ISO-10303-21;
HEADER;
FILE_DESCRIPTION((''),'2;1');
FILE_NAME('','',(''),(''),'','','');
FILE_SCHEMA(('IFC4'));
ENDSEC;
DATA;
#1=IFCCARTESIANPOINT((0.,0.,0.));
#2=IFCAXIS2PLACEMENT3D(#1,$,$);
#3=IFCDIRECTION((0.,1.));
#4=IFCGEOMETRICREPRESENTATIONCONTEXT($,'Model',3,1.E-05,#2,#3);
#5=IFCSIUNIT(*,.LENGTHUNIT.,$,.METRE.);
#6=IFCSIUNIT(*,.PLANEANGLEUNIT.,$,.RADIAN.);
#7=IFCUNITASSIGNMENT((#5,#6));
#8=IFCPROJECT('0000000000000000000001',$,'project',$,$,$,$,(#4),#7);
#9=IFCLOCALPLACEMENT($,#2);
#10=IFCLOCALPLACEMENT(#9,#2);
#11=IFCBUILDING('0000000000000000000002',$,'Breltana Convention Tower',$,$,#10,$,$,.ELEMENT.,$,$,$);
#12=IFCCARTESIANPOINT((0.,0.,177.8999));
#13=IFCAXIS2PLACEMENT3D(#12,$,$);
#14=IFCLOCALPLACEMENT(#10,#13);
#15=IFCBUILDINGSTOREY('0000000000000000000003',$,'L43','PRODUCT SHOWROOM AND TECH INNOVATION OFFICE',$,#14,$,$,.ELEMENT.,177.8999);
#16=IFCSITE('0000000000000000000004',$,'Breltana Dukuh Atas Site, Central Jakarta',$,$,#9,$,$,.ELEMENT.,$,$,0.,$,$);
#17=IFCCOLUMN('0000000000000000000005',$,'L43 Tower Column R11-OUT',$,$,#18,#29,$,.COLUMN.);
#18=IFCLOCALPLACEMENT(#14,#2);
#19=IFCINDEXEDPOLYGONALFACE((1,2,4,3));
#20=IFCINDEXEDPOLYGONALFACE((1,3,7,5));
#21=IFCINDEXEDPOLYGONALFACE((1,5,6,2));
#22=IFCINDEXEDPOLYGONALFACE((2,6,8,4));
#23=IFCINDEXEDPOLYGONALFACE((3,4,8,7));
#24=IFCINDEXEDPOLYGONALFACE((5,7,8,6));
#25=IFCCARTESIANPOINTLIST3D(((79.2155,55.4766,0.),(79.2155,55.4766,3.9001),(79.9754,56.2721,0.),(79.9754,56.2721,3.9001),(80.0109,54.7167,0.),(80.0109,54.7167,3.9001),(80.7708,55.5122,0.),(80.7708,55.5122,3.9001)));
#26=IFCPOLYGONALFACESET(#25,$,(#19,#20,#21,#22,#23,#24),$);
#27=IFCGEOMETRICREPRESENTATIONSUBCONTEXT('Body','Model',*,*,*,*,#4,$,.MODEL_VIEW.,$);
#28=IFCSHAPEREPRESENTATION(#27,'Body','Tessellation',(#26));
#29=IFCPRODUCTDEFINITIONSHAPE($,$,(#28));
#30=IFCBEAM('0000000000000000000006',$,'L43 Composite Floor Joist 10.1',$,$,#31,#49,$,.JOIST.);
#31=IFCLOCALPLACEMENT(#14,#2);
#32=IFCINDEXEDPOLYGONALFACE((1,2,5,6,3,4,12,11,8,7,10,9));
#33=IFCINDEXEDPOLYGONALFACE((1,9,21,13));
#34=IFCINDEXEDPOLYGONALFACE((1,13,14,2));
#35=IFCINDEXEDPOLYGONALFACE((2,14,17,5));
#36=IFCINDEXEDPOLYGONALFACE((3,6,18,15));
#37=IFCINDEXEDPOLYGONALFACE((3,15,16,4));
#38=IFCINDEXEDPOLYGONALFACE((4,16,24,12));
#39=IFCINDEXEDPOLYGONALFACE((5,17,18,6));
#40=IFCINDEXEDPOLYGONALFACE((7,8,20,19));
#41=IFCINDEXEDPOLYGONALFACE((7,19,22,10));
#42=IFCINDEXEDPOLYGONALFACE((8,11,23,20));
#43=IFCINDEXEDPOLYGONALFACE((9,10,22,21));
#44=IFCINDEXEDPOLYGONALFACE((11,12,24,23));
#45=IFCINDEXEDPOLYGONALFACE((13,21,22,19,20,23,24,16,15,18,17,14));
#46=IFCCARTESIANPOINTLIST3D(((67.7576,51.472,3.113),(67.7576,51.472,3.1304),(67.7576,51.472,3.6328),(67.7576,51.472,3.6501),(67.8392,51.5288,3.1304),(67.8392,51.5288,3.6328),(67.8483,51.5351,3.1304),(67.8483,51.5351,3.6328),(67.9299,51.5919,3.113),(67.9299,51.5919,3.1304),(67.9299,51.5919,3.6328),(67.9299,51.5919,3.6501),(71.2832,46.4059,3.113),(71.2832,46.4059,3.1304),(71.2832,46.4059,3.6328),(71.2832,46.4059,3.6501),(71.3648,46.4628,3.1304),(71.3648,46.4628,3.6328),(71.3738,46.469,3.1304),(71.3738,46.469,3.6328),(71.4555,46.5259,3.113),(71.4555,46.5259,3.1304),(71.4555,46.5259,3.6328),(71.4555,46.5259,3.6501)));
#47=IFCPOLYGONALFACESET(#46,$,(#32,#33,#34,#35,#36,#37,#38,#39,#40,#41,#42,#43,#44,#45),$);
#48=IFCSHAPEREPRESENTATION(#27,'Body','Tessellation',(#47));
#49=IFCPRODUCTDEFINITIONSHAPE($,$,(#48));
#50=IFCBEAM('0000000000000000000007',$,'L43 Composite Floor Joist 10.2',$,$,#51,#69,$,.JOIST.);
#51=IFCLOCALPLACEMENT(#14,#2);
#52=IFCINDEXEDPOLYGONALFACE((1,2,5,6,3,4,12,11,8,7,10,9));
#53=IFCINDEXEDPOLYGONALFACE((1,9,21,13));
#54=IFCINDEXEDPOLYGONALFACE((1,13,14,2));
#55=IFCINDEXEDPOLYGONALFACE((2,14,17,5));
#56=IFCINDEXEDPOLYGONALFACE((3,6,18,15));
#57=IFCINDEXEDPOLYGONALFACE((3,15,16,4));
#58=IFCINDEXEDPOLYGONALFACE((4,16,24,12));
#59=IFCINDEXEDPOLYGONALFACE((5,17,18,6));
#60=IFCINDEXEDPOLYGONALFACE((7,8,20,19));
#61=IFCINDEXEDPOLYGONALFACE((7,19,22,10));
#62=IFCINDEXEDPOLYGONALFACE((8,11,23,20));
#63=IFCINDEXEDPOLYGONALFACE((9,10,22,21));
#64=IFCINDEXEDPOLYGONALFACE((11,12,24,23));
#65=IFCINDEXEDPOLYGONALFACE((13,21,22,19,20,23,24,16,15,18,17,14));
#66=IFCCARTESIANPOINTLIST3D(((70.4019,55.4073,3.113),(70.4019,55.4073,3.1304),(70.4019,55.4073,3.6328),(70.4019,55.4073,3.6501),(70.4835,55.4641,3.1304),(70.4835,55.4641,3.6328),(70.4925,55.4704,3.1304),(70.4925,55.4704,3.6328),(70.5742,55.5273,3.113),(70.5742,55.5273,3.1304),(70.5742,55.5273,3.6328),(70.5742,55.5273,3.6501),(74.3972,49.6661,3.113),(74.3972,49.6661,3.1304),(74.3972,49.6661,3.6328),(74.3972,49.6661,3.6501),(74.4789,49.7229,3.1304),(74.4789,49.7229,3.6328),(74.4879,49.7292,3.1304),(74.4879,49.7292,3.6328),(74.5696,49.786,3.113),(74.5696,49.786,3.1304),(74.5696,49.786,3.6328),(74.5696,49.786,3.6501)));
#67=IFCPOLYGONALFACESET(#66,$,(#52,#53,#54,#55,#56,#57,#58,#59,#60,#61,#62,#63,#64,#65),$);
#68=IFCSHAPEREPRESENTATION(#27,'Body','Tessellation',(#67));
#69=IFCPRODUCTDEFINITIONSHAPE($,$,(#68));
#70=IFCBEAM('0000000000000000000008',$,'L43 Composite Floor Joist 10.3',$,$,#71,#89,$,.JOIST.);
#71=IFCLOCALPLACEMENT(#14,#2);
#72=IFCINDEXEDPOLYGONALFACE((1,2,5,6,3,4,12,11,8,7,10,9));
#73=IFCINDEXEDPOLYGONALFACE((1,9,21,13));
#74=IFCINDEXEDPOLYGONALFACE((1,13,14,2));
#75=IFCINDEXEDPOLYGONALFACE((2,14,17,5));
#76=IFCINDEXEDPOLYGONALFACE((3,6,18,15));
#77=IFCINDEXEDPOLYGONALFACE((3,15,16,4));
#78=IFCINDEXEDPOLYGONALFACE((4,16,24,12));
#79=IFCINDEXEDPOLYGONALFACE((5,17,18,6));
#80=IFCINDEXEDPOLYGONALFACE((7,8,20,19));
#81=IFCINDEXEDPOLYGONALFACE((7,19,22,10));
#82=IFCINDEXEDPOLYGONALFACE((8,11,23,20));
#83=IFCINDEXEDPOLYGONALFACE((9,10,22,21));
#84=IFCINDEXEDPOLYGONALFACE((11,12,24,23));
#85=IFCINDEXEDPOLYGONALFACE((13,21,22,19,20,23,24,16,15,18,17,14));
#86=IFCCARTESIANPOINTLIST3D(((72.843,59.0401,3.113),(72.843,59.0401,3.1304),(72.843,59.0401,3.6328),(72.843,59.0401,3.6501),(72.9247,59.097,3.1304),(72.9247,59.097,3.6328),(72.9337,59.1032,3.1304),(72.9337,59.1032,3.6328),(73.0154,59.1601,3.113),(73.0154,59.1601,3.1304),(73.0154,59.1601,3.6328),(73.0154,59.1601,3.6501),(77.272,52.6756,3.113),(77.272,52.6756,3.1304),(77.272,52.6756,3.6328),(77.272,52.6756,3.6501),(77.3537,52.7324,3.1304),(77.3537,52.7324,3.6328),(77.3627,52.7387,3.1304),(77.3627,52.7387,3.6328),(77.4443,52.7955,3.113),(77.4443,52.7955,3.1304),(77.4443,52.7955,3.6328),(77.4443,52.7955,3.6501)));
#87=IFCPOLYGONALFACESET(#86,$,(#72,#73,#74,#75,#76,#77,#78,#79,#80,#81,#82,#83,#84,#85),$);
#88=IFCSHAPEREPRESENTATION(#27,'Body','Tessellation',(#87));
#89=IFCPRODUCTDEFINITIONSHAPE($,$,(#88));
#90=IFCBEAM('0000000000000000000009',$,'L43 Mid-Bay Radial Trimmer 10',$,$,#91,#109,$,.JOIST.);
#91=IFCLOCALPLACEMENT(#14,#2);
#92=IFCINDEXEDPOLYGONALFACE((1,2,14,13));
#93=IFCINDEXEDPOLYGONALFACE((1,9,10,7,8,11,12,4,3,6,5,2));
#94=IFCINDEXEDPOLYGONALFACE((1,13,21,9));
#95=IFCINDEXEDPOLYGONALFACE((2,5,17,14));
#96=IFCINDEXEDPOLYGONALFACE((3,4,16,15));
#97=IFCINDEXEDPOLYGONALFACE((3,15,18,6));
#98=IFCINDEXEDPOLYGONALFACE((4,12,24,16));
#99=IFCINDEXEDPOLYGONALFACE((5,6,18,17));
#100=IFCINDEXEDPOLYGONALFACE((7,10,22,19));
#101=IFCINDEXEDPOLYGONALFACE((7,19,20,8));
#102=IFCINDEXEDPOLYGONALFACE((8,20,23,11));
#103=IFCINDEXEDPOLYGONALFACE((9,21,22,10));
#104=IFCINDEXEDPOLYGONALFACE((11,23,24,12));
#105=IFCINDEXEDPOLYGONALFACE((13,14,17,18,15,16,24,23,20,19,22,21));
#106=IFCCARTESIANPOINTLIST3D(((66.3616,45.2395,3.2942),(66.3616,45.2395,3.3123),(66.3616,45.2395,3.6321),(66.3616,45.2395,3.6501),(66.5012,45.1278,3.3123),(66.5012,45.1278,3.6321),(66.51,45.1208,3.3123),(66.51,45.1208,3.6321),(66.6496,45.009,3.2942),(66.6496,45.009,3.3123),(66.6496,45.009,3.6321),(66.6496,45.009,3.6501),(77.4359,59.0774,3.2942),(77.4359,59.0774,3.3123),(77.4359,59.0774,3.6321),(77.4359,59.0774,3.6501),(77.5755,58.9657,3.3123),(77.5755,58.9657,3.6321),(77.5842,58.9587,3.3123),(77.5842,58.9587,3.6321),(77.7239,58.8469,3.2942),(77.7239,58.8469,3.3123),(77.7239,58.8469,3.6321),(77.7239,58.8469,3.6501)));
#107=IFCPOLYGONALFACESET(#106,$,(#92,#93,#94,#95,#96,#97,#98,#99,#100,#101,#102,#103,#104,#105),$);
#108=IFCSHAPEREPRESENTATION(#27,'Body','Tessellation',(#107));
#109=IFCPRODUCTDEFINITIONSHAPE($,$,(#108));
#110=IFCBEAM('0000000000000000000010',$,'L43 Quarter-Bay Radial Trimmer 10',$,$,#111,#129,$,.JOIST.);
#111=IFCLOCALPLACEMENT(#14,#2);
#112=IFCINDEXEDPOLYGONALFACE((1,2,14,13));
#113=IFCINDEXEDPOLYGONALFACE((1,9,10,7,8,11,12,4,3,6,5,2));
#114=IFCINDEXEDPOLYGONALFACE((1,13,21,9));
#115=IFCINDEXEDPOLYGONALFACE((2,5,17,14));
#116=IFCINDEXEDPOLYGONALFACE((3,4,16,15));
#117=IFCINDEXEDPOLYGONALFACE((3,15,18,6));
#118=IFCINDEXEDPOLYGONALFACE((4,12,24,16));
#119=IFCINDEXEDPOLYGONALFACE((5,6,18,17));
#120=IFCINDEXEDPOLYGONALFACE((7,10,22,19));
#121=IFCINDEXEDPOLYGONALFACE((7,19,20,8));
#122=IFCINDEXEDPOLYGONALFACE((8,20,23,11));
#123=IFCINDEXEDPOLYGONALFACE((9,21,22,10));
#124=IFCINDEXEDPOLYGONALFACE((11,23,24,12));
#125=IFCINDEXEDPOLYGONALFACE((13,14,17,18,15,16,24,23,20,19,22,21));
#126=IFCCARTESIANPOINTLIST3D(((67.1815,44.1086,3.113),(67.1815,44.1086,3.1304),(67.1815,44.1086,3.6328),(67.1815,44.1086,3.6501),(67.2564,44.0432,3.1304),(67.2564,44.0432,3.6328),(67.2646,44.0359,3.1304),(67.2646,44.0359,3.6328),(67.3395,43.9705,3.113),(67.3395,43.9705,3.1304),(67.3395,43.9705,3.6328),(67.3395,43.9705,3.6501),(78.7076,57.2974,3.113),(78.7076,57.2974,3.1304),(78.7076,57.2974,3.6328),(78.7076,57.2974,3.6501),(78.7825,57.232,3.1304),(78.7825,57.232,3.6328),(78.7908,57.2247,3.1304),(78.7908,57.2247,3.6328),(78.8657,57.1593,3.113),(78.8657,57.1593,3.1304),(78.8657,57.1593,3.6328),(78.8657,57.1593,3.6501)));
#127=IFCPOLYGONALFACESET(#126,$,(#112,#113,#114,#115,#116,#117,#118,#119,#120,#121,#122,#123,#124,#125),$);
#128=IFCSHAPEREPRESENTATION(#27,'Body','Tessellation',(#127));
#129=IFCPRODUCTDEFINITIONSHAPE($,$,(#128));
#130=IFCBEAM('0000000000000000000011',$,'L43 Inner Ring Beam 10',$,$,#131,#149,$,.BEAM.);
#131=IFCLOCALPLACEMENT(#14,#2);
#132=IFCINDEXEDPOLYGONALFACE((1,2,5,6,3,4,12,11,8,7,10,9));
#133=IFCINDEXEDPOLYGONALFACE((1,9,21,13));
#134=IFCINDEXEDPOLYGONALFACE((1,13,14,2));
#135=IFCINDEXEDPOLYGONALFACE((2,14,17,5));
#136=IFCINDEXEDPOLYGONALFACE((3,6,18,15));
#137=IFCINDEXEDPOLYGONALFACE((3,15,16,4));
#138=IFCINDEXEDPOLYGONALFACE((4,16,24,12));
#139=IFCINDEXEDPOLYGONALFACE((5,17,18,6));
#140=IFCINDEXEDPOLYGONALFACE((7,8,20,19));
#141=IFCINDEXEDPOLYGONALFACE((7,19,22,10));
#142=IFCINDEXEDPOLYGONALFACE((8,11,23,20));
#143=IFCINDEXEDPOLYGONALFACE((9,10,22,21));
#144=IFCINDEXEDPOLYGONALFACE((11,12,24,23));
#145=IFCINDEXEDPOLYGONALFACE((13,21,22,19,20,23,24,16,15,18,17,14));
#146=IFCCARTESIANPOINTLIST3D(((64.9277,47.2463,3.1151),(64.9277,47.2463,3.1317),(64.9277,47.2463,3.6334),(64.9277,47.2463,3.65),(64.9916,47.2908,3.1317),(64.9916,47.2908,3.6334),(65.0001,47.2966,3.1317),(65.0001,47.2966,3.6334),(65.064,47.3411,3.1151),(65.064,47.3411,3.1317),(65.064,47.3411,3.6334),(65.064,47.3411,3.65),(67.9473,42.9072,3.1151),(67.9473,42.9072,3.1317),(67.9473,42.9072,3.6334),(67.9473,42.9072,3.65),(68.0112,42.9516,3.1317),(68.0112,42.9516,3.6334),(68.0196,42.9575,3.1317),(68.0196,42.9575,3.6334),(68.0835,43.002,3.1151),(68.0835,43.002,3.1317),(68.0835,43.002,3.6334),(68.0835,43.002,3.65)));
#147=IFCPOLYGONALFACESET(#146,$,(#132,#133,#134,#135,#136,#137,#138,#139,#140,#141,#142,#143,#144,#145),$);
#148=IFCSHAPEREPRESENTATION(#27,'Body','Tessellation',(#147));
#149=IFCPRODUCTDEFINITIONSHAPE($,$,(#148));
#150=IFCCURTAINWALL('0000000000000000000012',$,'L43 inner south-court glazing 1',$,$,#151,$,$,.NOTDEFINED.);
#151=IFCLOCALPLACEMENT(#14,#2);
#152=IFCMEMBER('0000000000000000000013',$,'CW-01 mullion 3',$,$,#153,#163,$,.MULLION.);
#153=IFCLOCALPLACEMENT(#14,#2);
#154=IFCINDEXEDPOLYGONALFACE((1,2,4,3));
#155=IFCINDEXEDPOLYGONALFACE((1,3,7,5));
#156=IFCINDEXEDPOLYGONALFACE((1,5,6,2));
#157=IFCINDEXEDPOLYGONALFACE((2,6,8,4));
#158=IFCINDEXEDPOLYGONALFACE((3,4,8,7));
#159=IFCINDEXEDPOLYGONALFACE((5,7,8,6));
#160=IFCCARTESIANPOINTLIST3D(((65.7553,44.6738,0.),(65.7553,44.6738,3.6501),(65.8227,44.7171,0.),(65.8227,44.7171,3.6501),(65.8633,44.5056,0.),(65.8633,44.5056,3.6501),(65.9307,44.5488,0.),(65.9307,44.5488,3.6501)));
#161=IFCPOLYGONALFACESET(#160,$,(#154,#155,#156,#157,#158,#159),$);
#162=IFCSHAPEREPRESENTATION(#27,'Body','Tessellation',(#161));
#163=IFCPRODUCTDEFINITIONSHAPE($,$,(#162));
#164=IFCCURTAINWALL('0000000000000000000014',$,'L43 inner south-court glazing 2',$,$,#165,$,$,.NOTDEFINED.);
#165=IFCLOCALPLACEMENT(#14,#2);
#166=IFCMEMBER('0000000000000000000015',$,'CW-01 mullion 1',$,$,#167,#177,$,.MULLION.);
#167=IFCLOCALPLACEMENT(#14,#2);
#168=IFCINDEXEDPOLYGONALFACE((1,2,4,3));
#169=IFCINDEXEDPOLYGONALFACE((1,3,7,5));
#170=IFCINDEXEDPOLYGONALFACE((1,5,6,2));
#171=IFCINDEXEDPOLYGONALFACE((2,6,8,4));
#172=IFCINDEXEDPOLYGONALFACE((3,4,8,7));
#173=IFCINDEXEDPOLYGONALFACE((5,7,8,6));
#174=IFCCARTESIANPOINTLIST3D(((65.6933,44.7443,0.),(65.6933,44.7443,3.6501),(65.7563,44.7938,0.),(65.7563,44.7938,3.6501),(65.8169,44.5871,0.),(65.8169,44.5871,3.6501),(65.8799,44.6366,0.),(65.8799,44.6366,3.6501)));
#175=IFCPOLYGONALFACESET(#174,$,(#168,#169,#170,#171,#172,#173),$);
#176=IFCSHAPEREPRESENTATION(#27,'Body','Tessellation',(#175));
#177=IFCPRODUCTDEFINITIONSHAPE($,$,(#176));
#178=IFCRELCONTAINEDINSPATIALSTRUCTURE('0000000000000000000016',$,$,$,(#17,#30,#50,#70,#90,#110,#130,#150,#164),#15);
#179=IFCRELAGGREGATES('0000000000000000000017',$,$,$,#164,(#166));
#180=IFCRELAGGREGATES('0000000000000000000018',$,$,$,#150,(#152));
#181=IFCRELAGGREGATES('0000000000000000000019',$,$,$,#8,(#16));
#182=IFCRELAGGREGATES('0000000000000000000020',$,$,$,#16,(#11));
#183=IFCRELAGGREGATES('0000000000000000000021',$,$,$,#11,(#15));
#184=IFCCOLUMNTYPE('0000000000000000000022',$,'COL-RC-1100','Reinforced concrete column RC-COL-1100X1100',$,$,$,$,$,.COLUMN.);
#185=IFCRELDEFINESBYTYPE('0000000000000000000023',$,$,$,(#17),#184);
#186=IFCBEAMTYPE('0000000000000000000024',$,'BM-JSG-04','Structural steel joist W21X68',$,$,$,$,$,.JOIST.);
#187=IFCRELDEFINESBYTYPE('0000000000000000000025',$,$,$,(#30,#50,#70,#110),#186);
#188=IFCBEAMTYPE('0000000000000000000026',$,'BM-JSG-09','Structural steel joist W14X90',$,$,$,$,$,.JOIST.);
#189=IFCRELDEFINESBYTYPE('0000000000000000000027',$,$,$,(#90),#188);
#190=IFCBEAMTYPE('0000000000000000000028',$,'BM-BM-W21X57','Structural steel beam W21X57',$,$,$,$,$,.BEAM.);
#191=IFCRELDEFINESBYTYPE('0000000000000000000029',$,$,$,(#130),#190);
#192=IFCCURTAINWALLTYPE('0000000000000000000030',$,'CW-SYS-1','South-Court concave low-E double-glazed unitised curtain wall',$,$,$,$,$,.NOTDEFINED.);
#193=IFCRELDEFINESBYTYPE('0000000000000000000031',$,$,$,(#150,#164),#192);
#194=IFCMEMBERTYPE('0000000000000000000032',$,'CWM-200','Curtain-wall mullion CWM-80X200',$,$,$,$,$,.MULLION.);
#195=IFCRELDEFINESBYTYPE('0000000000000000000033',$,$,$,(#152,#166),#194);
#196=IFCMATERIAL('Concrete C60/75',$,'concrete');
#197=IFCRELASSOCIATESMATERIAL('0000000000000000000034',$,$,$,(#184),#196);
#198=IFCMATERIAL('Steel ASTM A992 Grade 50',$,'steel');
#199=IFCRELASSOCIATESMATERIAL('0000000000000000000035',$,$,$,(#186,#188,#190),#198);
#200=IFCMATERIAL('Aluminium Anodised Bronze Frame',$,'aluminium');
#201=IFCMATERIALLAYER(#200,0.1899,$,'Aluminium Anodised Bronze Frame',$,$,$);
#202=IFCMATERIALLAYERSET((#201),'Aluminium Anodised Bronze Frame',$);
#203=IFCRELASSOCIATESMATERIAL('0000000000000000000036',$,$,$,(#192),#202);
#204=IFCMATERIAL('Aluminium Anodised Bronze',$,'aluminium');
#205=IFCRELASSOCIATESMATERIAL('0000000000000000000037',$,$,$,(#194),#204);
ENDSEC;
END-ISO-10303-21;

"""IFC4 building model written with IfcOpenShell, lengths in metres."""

from ifc_helpers import new_model, si_unit, direction, frame, origin, origin_2d, place, context, subcontext, project, spatial, rectangle, i_section, extrude, source, transform, mapped, material, layer, layer_set, material_profile, profile_set, type_object, element, aggregate, save


model = new_model("IFC4")

# Units and contexts
model_context = context("Model", 3, precision=1e-05, world=origin(), true_north=direction((0.0, 1.0)))
body_context = subcontext(model_context, "Body", "Model", "MODEL_VIEW")
ifc_project = project(units=[si_unit("LENGTHUNIT", "METRE"), si_unit("PLANEANGLEUNIT", "RADIAN")], contexts=[model_context])

# Site, building, storey
site_placement = place(None, origin())
site = spatial("IfcSite", under=ifc_project, at=site_placement, Name="Breltana Dukuh Atas Site, Central Jakarta", CompositionType="ELEMENT", RefElevation=0.0)
building_placement = place(site_placement, origin())
building = spatial("IfcBuilding", under=site, at=building_placement, Name="Breltana Convention Tower", CompositionType="ELEMENT")
storey_placement = place(building_placement, frame((0.0, 0.0, 177.8999)))
storey = spatial("IfcBuildingStorey", under=building, at=storey_placement, Name="L43", Description="PRODUCT SHOWROOM AND TECH INNOVATION OFFICE", CompositionType="ELEMENT", Elevation=177.8999)

# Column
ifc_material_1 = material(Name="Concrete C60/75", Category="concrete")
ifc_material_profile_1 = material_profile(ifc_material_1, rectangle(XDim=1.1001, YDim=1.1001, at=origin_2d()), Name="RC-COL-1100X1100")
ifc_profile_set_1 = profile_set([ifc_material_profile_1], Name="Concrete C60/75")
column_type = type_object("IfcColumnType", Name="COL-RC-1100", Description="Reinforced concrete column RC-COL-1100X1100", PredefinedType="COLUMN", material=ifc_profile_set_1)
shared_shape_1 = source(origin(), body_context, "Body", "SweptSolid", [
    extrude(rectangle(XDim=1.1001, YDim=1.1001, at=origin_2d()), origin(), (0.0, 0.0, 1.0), 3.9001),
])
column_placement = place(storey_placement, frame((79.9932, 55.4944, 0.0), z_axis=(0.0, 0.0, 1.0), x_axis=(0.690756, 0.723088, 0.0)))
element("IfcColumn", 1, at=column_placement, inside=storey, type_object=column_type, Name="L43 Tower Column R11-OUT", PredefinedType="COLUMN", context=body_context, shape_type="MappedRepresentation", body=[
    mapped(shared_shape_1, transform((0.0, 0.0, 0.0), scale=1.0)),
])

# Beams
ifc_material_2 = material(Name="Steel ASTM A992 Grade 50", Category="steel")
ifc_material_profile_2 = material_profile(ifc_material_2, i_section(OverallWidth=0.21, OverallDepth=0.5371, WebThickness=0.011, FlangeThickness=0.0173, at=origin_2d()), Name="W21X68")
ifc_profile_set_2 = profile_set([ifc_material_profile_2], Name="Steel ASTM A992 Grade 50")
beam_type_1 = type_object("IfcBeamType", Name="BM-JSG-04", Description="Structural steel joist W21X68", PredefinedType="JOIST", material=ifc_profile_set_2)
shared_shape_2 = source(origin(), body_context, "Body", "SweptSolid", [
    extrude(i_section(OverallWidth=0.21, OverallDepth=0.5371, WebThickness=0.011, FlangeThickness=0.0173, at=origin_2d()), origin(), (0.0, 0.0, 1.0), 6.1721),
])
beam_1_placement = place(storey_placement, frame((67.8438, 51.532, 3.3816), z_axis=(0.571212, -0.820803, 0.0), x_axis=(0.820803, 0.571212, 0.0)))
element("IfcBeam", 2, at=beam_1_placement, inside=storey, type_object=beam_type_1, Name="L43 Composite Floor Joist 10.1", PredefinedType="JOIST", context=body_context, shape_type="MappedRepresentation", body=[
    mapped(shared_shape_2, transform((0.0, 0.0, 0.0), scale=1.0)),
])
shared_shape_3 = source(origin(), body_context, "Body", "SweptSolid", [
    extrude(i_section(OverallWidth=0.21, OverallDepth=0.5371, WebThickness=0.011, FlangeThickness=0.0173, at=origin_2d()), origin(), (0.0, 0.0, 1.0), 6.9946),
])
beam_2_placement = place(storey_placement, frame((70.488, 55.4673, 3.3816), z_axis=(0.571207, -0.820806, 0.0), x_axis=(0.820806, 0.571207, 0.0)))
element("IfcBeam", 3, at=beam_2_placement, inside=storey, type_object=beam_type_1, Name="L43 Composite Floor Joist 10.2", PredefinedType="JOIST", context=body_context, shape_type="MappedRepresentation", body=[
    mapped(shared_shape_3, transform((0.0, 0.0, 0.0), scale=1.0)),
])
shared_shape_4 = source(origin(), body_context, "Body", "SweptSolid", [
    extrude(i_section(OverallWidth=0.21, OverallDepth=0.5371, WebThickness=0.011, FlangeThickness=0.0173, at=origin_2d()), origin(), (0.0, 0.0, 1.0), 7.7539),
])
beam_3_placement = place(storey_placement, frame((72.9292, 59.1001, 3.3816), z_axis=(0.571193, -0.820816, 0.0), x_axis=(0.820816, 0.571193, 0.0)))
element("IfcBeam", 4, at=beam_3_placement, inside=storey, type_object=beam_type_1, Name="L43 Composite Floor Joist 10.3", PredefinedType="JOIST", context=body_context, shape_type="MappedRepresentation", body=[
    mapped(shared_shape_4, transform((0.0, 0.0, 0.0), scale=1.0)),
])
ifc_material_profile_3 = material_profile(ifc_material_2, i_section(OverallWidth=0.3689, OverallDepth=0.356, WebThickness=0.0112, FlangeThickness=0.0181, at=origin_2d()), Name="W14X90")
ifc_profile_set_3 = profile_set([ifc_material_profile_3], Name="Steel ASTM A992 Grade 50")
beam_type_2 = type_object("IfcBeamType", Name="BM-JSG-09", Description="Structural steel joist W14X90", PredefinedType="JOIST", material=ifc_profile_set_3)
shared_shape_5 = source(origin(), body_context, "Body", "SweptSolid", [
    extrude(i_section(OverallWidth=0.3689, OverallDepth=0.356, WebThickness=0.0112, FlangeThickness=0.0181, at=origin_2d()), origin(), (0.0, 0.0, 1.0), 17.7236),
])
beam_4_placement = place(storey_placement, frame((66.5056, 45.1243, 3.4722), z_axis=(0.624829, 0.780761, 0.0), x_axis=(-0.780761, 0.624829, 0.0)))
element("IfcBeam", 5, at=beam_4_placement, inside=storey, type_object=beam_type_2, Name="L43 Mid-Bay Radial Trimmer 10", PredefinedType="JOIST", context=body_context, shape_type="MappedRepresentation", body=[
    mapped(shared_shape_5, transform((0.0, 0.0, 0.0), scale=1.0)),
])
shared_shape_6 = source(origin(), body_context, "Body", "SweptSolid", [
    extrude(i_section(OverallWidth=0.21, OverallDepth=0.5371, WebThickness=0.011, FlangeThickness=0.0173, at=origin_2d()), origin(), (0.0, 0.0, 1.0), 17.5156),
])
beam_5_placement = place(storey_placement, frame((67.2605, 44.0396, 3.3816), z_axis=(0.658052, 0.752973, 0.0), x_axis=(-0.752973, 0.658052, 0.0)))
element("IfcBeam", 6, at=beam_5_placement, inside=storey, type_object=beam_type_1, Name="L43 Quarter-Bay Radial Trimmer 10", PredefinedType="JOIST", context=body_context, shape_type="MappedRepresentation", body=[
    mapped(shared_shape_6, transform((0.0, 0.0, 0.0), scale=1.0)),
])
ifc_material_profile_4 = material_profile(ifc_material_2, i_section(OverallWidth=0.166, OverallDepth=0.5349, WebThickness=0.0103, FlangeThickness=0.0166, at=origin_2d()), Name="W21X57")
ifc_profile_set_4 = profile_set([ifc_material_profile_4], Name="Steel ASTM A992 Grade 50")
beam_type_3 = type_object("IfcBeamType", Name="BM-BM-W21X57", Description="Structural steel beam W21X57", PredefinedType="BEAM", material=ifc_profile_set_4)
shared_shape_7 = source(origin(), body_context, "Body", "SweptSolid", [
    extrude(i_section(OverallWidth=0.166, OverallDepth=0.5349, WebThickness=0.0103, FlangeThickness=0.0166, at=origin_2d()), origin(), (0.0, 0.0, 1.0), 5.2864),
])
beam_6_placement = place(storey_placement, frame((64.9958, 47.2937, 3.3826), z_axis=(0.571194, -0.820815, 0.0), x_axis=(0.820815, 0.571194, 0.0)))
element("IfcBeam", 7, at=beam_6_placement, inside=storey, type_object=beam_type_3, Name="L43 Inner Ring Beam 10", PredefinedType="BEAM", context=body_context, shape_type="MappedRepresentation", body=[
    mapped(shared_shape_7, transform((0.0, 0.0, 0.0), scale=1.0)),
])

# Curtain walls, members
ifc_material_3 = material(Name="Aluminium Anodised Bronze Frame", Category="aluminium")
ifc_layer_1 = layer(ifc_material_3, 0.1899, Name="Aluminium Anodised Bronze Frame")
ifc_layer_set_1 = layer_set([ifc_layer_1], Name="Aluminium Anodised Bronze Frame")
curtain_wall_type_1 = type_object("IfcCurtainWallType", Name="CW-SYS-1", Description="South-Court concave low-E double-glazed unitised curtain wall", PredefinedType="NOTDEFINED", material=ifc_layer_set_1)
curtain_wall_1_placement = place(storey_placement, origin())
curtain_wall_1 = element("IfcCurtainWall", 8, at=curtain_wall_1_placement, inside=storey, type_object=curtain_wall_type_1, Name="L43 inner south-court glazing 1", PredefinedType="NOTDEFINED")
ifc_material_4 = material(Name="Aluminium Anodised Bronze", Category="aluminium")
ifc_material_profile_5 = material_profile(ifc_material_4, rectangle(XDim=0.0801, YDim=0.2, at=origin_2d()), Name="CWM-80X200")
ifc_profile_set_5 = profile_set([ifc_material_profile_5], Name="Aluminium Anodised Bronze")
member_type_1 = type_object("IfcMemberType", Name="CWM-200", Description="Curtain-wall mullion CWM-80X200", PredefinedType="MULLION", material=ifc_profile_set_5)
shared_shape_8 = source(origin(), body_context, "Body", "SweptSolid", [
    extrude(rectangle(XDim=0.0801, YDim=0.2, at=origin_2d()), origin(), (0.0, 0.0, 1.0), 3.6501),
])
member_1_placement = place(storey_placement, frame((65.843, 44.6113, 0.0), z_axis=(0.0, 0.0, 1.0), x_axis=(-0.841547, -0.540184, 0.0)))
member_1 = element("IfcMember", 9, at=member_1_placement, type_object=member_type_1, Name="CW-01 mullion 3", PredefinedType="MULLION", context=body_context, shape_type="MappedRepresentation", body=[
    mapped(shared_shape_8, transform((0.0, 0.0, 0.0), scale=1.0)),
])
curtain_wall_2_placement = place(storey_placement, origin())
curtain_wall_2 = element("IfcCurtainWall", 10, at=curtain_wall_2_placement, inside=storey, type_object=curtain_wall_type_1, Name="L43 inner south-court glazing 2", PredefinedType="NOTDEFINED")
member_2_placement = place(storey_placement, frame((65.7866, 44.6904, 0.0), z_axis=(0.0, 0.0, 1.0), x_axis=(-0.786051, -0.618161, 0.0)))
member_2 = element("IfcMember", 11, at=member_2_placement, type_object=member_type_1, Name="CW-01 mullion 1", PredefinedType="MULLION", context=body_context, shape_type="MappedRepresentation", body=[
    mapped(shared_shape_8, transform((0.0, 0.0, 0.0), scale=1.0)),
])

aggregate(curtain_wall_2, [member_2])

aggregate(curtain_wall_1, [member_1])

save(model, "model.ifc")
